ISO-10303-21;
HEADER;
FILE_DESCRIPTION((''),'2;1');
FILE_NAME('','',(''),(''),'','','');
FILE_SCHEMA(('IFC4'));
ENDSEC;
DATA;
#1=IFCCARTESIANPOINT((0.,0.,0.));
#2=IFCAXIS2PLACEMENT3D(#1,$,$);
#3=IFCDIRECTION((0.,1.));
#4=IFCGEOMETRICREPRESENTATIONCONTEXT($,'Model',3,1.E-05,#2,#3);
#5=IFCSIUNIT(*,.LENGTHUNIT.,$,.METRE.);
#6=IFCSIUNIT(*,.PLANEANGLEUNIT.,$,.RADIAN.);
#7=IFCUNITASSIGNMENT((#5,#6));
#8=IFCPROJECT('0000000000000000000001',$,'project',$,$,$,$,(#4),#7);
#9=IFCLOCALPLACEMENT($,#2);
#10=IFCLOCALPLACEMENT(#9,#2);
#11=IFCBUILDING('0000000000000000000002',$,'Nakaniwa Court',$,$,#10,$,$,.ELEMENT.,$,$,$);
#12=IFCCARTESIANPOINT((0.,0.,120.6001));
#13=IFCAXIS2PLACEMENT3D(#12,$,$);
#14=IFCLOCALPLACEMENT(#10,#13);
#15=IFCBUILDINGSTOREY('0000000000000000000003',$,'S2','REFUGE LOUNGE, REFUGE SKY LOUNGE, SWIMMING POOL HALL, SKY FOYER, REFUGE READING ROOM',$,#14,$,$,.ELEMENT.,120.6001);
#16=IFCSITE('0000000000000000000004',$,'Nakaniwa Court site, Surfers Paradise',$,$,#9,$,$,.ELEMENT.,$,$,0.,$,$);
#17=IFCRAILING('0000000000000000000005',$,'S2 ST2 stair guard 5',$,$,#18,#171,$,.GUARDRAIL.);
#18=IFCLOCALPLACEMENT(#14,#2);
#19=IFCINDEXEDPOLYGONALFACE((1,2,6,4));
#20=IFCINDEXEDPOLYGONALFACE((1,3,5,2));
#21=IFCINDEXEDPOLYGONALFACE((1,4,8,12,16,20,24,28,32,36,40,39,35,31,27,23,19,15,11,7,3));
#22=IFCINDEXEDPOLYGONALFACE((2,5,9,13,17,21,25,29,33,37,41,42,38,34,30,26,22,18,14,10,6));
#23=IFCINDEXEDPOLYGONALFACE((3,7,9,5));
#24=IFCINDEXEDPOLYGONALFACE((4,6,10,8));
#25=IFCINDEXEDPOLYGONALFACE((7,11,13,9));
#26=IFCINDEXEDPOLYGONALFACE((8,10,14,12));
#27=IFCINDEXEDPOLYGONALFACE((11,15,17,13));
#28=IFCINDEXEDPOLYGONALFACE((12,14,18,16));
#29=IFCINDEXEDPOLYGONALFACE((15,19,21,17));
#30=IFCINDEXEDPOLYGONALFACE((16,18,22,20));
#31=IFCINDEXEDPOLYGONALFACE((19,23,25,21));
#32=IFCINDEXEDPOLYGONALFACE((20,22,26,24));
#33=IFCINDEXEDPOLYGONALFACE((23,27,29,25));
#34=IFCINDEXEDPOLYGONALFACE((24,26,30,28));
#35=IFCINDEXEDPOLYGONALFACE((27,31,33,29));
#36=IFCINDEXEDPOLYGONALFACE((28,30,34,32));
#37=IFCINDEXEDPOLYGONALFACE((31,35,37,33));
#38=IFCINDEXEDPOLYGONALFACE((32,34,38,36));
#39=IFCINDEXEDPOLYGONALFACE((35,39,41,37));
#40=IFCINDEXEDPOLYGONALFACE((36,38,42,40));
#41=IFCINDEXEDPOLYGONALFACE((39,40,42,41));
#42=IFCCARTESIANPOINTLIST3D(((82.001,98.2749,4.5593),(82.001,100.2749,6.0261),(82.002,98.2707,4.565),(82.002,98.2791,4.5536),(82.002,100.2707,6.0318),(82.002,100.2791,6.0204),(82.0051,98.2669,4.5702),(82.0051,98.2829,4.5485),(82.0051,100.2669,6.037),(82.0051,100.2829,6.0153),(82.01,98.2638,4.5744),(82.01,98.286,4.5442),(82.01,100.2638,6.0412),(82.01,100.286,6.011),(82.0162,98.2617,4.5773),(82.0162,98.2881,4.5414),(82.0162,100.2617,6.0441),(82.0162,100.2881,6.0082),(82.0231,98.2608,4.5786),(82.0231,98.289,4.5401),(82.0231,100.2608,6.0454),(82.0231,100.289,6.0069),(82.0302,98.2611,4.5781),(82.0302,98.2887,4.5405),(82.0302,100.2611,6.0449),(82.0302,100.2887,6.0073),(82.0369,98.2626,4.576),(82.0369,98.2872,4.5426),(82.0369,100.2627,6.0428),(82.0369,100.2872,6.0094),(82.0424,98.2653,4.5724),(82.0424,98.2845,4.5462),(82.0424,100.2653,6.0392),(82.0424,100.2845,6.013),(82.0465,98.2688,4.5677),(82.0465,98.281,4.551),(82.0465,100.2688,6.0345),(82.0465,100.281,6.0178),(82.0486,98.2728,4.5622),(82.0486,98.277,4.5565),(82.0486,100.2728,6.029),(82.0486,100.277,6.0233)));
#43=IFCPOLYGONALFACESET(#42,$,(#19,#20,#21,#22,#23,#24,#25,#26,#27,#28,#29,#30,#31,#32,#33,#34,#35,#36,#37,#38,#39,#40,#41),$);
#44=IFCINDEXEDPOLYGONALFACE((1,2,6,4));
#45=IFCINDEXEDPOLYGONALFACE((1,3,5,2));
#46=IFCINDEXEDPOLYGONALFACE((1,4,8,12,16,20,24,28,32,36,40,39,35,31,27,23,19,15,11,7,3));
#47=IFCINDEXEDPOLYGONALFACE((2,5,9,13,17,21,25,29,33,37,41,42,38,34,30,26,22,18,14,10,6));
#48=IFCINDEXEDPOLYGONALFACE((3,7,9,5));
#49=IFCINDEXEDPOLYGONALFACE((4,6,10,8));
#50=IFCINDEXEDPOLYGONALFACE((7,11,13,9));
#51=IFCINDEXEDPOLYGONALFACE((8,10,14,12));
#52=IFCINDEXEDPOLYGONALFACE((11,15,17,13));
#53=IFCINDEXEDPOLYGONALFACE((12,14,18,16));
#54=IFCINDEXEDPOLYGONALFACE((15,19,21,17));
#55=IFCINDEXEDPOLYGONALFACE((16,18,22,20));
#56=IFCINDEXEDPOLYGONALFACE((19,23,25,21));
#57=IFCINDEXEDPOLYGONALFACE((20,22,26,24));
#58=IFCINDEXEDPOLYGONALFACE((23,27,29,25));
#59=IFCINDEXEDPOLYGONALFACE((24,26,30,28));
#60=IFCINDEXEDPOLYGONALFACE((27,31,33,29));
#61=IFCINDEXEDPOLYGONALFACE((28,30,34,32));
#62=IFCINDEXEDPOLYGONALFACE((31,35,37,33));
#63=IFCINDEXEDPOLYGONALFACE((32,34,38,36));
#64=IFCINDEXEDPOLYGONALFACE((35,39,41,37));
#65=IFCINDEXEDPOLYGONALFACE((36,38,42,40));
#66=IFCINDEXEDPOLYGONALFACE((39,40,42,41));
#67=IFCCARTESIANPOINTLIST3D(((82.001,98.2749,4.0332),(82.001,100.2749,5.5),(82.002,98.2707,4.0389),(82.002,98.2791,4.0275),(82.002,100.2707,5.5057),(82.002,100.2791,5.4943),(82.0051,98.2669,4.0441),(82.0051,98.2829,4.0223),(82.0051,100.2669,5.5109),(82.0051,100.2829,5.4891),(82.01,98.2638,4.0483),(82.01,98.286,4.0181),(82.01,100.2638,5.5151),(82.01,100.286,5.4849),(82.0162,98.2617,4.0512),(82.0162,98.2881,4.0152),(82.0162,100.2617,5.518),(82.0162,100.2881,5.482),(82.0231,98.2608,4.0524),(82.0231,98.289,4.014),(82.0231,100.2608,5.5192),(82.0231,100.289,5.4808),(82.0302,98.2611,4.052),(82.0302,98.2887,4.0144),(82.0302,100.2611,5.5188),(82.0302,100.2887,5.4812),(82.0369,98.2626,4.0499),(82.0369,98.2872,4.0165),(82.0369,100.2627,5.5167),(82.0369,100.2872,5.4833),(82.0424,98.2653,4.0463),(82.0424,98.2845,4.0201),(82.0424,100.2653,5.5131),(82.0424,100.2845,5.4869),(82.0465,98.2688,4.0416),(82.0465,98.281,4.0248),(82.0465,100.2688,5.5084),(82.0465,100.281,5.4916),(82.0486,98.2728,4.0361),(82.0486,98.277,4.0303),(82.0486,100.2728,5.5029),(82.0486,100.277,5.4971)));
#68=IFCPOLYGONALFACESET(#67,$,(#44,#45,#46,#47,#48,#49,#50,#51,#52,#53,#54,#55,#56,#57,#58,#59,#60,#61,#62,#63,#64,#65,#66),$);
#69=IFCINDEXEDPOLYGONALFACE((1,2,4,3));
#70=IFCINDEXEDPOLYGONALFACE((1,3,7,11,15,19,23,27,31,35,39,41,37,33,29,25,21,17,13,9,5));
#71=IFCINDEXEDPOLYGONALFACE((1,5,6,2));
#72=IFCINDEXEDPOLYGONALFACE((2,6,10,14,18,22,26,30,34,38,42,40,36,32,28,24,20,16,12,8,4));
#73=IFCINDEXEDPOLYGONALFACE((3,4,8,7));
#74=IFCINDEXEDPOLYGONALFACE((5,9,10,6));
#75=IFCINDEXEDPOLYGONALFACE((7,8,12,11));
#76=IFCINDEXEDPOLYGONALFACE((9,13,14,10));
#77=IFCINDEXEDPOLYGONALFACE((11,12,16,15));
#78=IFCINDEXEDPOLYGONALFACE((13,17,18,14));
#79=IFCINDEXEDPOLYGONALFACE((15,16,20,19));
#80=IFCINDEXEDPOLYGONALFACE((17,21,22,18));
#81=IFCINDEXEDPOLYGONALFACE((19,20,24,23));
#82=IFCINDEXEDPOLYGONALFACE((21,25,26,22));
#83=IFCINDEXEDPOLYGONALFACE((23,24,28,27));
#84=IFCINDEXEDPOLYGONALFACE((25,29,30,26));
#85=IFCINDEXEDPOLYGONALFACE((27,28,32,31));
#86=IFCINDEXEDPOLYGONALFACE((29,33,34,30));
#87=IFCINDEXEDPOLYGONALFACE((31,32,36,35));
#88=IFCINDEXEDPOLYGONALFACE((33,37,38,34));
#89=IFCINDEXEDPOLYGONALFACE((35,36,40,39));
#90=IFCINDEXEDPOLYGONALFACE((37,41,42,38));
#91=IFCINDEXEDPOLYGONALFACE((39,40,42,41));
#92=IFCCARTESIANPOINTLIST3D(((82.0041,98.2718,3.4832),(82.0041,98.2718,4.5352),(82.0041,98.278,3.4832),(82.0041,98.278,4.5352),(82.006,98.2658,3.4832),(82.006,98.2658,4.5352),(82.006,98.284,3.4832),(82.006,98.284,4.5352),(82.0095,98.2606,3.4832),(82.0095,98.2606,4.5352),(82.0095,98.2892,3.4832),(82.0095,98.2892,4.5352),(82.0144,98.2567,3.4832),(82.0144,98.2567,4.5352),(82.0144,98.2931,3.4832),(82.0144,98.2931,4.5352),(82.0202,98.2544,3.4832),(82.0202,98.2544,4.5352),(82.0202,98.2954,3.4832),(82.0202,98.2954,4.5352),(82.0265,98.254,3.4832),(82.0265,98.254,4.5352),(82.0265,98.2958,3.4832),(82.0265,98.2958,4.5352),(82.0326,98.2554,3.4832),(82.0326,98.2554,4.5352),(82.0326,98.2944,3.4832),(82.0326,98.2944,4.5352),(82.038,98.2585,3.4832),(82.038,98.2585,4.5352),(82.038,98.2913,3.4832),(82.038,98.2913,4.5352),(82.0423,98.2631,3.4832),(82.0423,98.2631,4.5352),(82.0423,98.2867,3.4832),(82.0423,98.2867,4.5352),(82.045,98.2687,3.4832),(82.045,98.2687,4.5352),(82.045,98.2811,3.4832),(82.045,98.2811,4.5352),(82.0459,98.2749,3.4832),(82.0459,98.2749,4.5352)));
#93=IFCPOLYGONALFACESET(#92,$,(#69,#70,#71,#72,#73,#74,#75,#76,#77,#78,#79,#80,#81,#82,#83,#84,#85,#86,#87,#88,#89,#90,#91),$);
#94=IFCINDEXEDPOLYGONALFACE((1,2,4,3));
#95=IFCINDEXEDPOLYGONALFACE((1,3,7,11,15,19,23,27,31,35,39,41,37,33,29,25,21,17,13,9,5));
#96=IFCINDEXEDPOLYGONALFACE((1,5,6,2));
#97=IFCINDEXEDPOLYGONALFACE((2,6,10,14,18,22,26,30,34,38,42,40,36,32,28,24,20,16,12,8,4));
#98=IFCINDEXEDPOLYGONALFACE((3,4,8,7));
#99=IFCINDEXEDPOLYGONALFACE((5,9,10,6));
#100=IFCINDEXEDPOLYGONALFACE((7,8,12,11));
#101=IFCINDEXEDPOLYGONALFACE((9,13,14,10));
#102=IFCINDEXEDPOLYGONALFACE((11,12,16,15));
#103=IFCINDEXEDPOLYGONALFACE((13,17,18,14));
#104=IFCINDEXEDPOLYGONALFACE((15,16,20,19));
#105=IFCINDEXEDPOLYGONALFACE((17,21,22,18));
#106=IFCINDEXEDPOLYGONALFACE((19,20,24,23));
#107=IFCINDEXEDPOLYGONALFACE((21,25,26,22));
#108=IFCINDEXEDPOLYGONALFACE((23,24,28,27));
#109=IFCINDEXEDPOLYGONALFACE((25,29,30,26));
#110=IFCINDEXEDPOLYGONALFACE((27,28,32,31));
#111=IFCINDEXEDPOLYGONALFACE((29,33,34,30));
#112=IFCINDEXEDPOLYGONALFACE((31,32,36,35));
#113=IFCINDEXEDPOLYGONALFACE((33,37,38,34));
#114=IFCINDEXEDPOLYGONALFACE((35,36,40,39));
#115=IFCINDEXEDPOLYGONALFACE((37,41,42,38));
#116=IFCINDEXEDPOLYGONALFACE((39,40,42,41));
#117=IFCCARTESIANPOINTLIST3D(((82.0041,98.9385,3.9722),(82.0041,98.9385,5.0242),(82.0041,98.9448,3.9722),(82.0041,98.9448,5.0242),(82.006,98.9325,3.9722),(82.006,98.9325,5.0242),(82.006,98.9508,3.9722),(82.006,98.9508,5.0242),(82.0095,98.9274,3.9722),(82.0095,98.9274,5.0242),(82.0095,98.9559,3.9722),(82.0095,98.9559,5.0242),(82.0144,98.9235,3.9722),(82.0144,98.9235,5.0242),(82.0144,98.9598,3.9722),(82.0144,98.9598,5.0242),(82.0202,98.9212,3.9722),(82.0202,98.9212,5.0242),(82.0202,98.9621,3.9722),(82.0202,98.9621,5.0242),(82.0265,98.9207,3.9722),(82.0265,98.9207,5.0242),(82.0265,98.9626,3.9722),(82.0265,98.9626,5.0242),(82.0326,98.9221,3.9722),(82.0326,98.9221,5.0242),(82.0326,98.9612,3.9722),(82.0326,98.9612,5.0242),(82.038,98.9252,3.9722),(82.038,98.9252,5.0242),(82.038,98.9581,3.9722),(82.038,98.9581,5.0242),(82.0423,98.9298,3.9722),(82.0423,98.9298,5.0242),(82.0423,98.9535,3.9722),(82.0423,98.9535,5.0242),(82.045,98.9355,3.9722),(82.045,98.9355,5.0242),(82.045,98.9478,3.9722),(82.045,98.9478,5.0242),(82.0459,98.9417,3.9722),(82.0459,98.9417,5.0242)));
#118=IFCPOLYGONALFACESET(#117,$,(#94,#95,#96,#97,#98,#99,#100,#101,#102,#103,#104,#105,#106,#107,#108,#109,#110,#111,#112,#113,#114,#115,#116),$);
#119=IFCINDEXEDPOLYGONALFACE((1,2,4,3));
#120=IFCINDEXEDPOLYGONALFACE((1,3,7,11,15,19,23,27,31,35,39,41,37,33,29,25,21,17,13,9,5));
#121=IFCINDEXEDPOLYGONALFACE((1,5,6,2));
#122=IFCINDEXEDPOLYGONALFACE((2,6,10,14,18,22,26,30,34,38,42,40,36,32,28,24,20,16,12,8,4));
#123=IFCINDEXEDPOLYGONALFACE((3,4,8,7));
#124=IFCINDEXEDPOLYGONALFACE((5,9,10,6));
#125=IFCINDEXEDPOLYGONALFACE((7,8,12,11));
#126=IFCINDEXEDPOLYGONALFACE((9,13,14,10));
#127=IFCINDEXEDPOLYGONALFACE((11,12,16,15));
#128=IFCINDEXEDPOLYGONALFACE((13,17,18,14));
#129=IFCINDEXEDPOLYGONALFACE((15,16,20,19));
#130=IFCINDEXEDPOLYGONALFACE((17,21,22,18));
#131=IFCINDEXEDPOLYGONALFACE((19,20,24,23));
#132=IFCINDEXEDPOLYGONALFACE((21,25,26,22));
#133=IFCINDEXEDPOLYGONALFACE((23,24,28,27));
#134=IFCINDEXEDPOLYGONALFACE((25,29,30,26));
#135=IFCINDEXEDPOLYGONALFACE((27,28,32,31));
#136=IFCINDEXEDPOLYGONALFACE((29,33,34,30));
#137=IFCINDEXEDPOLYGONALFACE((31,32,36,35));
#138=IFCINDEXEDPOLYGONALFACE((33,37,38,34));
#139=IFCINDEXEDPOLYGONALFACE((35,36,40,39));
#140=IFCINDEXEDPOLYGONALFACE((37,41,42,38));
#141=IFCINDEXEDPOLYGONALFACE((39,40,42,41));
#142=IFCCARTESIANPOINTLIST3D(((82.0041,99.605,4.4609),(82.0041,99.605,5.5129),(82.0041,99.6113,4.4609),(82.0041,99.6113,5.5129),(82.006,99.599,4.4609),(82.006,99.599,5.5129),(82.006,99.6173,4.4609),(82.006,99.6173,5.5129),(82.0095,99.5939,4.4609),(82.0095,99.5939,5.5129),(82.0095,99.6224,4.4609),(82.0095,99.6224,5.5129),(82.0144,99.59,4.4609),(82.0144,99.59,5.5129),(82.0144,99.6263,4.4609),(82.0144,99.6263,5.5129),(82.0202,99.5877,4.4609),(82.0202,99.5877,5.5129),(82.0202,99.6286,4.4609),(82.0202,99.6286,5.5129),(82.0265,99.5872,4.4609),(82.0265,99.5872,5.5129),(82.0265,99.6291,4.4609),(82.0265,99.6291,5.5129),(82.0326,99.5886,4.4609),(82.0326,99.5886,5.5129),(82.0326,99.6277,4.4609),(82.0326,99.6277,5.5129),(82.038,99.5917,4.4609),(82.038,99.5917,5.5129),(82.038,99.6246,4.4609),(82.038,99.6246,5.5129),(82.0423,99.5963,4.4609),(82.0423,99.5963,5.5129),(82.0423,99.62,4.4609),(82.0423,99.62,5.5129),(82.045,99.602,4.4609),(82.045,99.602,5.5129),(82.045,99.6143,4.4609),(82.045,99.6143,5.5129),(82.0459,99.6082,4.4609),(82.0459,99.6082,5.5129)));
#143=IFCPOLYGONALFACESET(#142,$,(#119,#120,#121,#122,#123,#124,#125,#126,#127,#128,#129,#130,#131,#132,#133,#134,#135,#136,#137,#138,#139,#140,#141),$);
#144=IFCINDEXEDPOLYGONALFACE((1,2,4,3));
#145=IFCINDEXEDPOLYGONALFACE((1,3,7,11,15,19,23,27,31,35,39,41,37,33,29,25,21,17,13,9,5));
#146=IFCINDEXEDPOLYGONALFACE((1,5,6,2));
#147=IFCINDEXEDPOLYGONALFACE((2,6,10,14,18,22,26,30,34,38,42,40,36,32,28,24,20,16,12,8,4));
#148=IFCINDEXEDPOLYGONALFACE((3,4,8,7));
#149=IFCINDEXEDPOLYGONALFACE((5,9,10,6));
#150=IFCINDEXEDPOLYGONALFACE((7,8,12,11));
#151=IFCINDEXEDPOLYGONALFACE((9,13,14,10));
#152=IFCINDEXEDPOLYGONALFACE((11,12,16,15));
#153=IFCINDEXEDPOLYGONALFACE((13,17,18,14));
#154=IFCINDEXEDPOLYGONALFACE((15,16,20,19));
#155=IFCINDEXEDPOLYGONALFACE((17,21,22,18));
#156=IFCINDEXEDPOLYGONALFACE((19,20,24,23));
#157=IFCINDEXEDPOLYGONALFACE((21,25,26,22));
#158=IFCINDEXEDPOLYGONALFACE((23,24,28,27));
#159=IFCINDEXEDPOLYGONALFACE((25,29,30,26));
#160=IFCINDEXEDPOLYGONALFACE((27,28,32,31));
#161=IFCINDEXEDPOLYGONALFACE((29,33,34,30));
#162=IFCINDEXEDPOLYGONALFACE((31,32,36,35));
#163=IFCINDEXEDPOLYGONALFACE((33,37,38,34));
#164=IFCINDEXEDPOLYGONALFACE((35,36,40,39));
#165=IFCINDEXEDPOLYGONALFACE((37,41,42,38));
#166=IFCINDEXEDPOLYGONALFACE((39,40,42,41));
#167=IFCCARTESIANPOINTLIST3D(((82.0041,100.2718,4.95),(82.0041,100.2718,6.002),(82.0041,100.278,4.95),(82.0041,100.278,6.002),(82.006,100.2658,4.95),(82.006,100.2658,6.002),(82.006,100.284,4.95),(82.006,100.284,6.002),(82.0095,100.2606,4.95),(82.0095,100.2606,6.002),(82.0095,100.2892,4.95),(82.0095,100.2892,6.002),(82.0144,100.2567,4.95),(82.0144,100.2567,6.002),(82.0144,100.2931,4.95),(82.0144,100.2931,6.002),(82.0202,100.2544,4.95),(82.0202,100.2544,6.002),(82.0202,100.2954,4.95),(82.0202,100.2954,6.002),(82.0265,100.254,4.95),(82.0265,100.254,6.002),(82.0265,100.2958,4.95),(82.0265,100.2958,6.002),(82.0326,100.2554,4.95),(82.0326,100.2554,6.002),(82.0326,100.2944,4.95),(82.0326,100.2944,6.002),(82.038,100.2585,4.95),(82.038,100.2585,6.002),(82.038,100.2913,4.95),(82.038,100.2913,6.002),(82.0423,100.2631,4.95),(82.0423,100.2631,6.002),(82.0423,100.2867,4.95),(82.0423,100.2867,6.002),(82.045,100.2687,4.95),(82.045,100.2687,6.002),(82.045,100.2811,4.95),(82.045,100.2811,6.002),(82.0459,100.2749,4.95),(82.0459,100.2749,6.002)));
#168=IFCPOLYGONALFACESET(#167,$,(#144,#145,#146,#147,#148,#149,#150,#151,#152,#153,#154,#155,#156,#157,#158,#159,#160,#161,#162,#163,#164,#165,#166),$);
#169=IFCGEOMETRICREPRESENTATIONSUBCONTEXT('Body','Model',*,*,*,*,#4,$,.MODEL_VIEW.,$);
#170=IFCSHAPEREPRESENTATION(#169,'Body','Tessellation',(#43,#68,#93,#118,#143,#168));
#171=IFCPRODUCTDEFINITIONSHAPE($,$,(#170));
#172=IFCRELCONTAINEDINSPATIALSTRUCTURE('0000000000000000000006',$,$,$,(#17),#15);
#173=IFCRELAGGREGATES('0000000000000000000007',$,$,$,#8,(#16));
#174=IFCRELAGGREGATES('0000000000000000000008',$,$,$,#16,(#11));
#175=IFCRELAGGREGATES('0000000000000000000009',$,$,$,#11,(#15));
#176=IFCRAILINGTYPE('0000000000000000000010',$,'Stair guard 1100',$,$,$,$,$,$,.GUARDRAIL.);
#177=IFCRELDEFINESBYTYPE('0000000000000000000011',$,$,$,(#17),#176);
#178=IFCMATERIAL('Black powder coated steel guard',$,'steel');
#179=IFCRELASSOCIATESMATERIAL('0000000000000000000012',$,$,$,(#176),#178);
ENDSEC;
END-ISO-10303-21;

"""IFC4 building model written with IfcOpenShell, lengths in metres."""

from ifc_helpers import new_model, si_unit, direction, frame, origin, origin_2d, place, context, subcontext, project, spatial, circle, extrude, material, type_object, element, save


model = new_model("IFC4")

# Units and contexts
model_context = context("Model", 3, precision=1e-05, world=origin(), true_north=direction((0.0, 1.0)))
body_context = subcontext(model_context, "Body", "Model", "MODEL_VIEW")
ifc_project = project(units=[si_unit("LENGTHUNIT", "METRE"), si_unit("PLANEANGLEUNIT", "RADIAN")], contexts=[model_context])

# Site, building, storey
site_placement = place(None, origin())
site = spatial("IfcSite", under=ifc_project, at=site_placement, Name="Nakaniwa Court site, Surfers Paradise", CompositionType="ELEMENT", RefElevation=0.0)
building_placement = place(site_placement, origin())
building = spatial("IfcBuilding", under=site, at=building_placement, Name="Nakaniwa Court", CompositionType="ELEMENT")
storey_placement = place(building_placement, frame((0.0, 0.0, 120.6001)))
storey = spatial("IfcBuildingStorey", under=building, at=storey_placement, Name="S2", Description="REFUGE LOUNGE, REFUGE SKY LOUNGE, SWIMMING POOL HALL, SKY FOYER, REFUGE READING ROOM", CompositionType="ELEMENT", Elevation=120.6001)

# Railing
ifc_material_1 = material(Name="Black powder coated steel guard", Category="steel")
railing_type_1 = type_object("IfcRailingType", Name="Stair guard 1100", PredefinedType="GUARDRAIL", material=ifc_material_1)
railing_1_placement = place(storey_placement, frame((82.0249, 98.2749, 3.4832)))
element("IfcRailing", 1, at=railing_1_placement, inside=storey, type_object=railing_type_1, Name="S2 ST2 stair guard 5", PredefinedType="GUARDRAIL", context=body_context, shape_type="SweptSolid", body=[
    extrude(circle(Radius=0.0239, at=origin_2d()), frame((0.0, 0.0, 1.0762), z_axis=(0.0, 0.80638, 0.591398), x_axis=(-1.0, 0.0, 0.0)), (0.0, 0.0, 1.0), 2.4802),
    extrude(circle(Radius=0.0239, at=origin_2d()), frame((0.0, 0.0, 0.55), z_axis=(0.0, 0.80638, 0.591398), x_axis=(-1.0, 0.0, 0.0)), (0.0, 0.0, 1.0), 2.4802),
    extrude(circle(Radius=0.021, at=origin_2d()), origin(), (0.0, 0.0, 1.0), 1.052),
    extrude(circle(Radius=0.021, at=origin_2d()), frame((0.0, 0.6667, 0.489)), (0.0, 0.0, 1.0), 1.052),
    extrude(circle(Radius=0.021, at=origin_2d()), frame((0.0, 1.3333, 0.9778)), (0.0, 0.0, 1.0), 1.052),
    extrude(circle(Radius=0.021, at=origin_2d()), frame((0.0, 2.0, 1.4668)), (0.0, 0.0, 1.0), 1.052),
])

save(model, "model.ifc")
